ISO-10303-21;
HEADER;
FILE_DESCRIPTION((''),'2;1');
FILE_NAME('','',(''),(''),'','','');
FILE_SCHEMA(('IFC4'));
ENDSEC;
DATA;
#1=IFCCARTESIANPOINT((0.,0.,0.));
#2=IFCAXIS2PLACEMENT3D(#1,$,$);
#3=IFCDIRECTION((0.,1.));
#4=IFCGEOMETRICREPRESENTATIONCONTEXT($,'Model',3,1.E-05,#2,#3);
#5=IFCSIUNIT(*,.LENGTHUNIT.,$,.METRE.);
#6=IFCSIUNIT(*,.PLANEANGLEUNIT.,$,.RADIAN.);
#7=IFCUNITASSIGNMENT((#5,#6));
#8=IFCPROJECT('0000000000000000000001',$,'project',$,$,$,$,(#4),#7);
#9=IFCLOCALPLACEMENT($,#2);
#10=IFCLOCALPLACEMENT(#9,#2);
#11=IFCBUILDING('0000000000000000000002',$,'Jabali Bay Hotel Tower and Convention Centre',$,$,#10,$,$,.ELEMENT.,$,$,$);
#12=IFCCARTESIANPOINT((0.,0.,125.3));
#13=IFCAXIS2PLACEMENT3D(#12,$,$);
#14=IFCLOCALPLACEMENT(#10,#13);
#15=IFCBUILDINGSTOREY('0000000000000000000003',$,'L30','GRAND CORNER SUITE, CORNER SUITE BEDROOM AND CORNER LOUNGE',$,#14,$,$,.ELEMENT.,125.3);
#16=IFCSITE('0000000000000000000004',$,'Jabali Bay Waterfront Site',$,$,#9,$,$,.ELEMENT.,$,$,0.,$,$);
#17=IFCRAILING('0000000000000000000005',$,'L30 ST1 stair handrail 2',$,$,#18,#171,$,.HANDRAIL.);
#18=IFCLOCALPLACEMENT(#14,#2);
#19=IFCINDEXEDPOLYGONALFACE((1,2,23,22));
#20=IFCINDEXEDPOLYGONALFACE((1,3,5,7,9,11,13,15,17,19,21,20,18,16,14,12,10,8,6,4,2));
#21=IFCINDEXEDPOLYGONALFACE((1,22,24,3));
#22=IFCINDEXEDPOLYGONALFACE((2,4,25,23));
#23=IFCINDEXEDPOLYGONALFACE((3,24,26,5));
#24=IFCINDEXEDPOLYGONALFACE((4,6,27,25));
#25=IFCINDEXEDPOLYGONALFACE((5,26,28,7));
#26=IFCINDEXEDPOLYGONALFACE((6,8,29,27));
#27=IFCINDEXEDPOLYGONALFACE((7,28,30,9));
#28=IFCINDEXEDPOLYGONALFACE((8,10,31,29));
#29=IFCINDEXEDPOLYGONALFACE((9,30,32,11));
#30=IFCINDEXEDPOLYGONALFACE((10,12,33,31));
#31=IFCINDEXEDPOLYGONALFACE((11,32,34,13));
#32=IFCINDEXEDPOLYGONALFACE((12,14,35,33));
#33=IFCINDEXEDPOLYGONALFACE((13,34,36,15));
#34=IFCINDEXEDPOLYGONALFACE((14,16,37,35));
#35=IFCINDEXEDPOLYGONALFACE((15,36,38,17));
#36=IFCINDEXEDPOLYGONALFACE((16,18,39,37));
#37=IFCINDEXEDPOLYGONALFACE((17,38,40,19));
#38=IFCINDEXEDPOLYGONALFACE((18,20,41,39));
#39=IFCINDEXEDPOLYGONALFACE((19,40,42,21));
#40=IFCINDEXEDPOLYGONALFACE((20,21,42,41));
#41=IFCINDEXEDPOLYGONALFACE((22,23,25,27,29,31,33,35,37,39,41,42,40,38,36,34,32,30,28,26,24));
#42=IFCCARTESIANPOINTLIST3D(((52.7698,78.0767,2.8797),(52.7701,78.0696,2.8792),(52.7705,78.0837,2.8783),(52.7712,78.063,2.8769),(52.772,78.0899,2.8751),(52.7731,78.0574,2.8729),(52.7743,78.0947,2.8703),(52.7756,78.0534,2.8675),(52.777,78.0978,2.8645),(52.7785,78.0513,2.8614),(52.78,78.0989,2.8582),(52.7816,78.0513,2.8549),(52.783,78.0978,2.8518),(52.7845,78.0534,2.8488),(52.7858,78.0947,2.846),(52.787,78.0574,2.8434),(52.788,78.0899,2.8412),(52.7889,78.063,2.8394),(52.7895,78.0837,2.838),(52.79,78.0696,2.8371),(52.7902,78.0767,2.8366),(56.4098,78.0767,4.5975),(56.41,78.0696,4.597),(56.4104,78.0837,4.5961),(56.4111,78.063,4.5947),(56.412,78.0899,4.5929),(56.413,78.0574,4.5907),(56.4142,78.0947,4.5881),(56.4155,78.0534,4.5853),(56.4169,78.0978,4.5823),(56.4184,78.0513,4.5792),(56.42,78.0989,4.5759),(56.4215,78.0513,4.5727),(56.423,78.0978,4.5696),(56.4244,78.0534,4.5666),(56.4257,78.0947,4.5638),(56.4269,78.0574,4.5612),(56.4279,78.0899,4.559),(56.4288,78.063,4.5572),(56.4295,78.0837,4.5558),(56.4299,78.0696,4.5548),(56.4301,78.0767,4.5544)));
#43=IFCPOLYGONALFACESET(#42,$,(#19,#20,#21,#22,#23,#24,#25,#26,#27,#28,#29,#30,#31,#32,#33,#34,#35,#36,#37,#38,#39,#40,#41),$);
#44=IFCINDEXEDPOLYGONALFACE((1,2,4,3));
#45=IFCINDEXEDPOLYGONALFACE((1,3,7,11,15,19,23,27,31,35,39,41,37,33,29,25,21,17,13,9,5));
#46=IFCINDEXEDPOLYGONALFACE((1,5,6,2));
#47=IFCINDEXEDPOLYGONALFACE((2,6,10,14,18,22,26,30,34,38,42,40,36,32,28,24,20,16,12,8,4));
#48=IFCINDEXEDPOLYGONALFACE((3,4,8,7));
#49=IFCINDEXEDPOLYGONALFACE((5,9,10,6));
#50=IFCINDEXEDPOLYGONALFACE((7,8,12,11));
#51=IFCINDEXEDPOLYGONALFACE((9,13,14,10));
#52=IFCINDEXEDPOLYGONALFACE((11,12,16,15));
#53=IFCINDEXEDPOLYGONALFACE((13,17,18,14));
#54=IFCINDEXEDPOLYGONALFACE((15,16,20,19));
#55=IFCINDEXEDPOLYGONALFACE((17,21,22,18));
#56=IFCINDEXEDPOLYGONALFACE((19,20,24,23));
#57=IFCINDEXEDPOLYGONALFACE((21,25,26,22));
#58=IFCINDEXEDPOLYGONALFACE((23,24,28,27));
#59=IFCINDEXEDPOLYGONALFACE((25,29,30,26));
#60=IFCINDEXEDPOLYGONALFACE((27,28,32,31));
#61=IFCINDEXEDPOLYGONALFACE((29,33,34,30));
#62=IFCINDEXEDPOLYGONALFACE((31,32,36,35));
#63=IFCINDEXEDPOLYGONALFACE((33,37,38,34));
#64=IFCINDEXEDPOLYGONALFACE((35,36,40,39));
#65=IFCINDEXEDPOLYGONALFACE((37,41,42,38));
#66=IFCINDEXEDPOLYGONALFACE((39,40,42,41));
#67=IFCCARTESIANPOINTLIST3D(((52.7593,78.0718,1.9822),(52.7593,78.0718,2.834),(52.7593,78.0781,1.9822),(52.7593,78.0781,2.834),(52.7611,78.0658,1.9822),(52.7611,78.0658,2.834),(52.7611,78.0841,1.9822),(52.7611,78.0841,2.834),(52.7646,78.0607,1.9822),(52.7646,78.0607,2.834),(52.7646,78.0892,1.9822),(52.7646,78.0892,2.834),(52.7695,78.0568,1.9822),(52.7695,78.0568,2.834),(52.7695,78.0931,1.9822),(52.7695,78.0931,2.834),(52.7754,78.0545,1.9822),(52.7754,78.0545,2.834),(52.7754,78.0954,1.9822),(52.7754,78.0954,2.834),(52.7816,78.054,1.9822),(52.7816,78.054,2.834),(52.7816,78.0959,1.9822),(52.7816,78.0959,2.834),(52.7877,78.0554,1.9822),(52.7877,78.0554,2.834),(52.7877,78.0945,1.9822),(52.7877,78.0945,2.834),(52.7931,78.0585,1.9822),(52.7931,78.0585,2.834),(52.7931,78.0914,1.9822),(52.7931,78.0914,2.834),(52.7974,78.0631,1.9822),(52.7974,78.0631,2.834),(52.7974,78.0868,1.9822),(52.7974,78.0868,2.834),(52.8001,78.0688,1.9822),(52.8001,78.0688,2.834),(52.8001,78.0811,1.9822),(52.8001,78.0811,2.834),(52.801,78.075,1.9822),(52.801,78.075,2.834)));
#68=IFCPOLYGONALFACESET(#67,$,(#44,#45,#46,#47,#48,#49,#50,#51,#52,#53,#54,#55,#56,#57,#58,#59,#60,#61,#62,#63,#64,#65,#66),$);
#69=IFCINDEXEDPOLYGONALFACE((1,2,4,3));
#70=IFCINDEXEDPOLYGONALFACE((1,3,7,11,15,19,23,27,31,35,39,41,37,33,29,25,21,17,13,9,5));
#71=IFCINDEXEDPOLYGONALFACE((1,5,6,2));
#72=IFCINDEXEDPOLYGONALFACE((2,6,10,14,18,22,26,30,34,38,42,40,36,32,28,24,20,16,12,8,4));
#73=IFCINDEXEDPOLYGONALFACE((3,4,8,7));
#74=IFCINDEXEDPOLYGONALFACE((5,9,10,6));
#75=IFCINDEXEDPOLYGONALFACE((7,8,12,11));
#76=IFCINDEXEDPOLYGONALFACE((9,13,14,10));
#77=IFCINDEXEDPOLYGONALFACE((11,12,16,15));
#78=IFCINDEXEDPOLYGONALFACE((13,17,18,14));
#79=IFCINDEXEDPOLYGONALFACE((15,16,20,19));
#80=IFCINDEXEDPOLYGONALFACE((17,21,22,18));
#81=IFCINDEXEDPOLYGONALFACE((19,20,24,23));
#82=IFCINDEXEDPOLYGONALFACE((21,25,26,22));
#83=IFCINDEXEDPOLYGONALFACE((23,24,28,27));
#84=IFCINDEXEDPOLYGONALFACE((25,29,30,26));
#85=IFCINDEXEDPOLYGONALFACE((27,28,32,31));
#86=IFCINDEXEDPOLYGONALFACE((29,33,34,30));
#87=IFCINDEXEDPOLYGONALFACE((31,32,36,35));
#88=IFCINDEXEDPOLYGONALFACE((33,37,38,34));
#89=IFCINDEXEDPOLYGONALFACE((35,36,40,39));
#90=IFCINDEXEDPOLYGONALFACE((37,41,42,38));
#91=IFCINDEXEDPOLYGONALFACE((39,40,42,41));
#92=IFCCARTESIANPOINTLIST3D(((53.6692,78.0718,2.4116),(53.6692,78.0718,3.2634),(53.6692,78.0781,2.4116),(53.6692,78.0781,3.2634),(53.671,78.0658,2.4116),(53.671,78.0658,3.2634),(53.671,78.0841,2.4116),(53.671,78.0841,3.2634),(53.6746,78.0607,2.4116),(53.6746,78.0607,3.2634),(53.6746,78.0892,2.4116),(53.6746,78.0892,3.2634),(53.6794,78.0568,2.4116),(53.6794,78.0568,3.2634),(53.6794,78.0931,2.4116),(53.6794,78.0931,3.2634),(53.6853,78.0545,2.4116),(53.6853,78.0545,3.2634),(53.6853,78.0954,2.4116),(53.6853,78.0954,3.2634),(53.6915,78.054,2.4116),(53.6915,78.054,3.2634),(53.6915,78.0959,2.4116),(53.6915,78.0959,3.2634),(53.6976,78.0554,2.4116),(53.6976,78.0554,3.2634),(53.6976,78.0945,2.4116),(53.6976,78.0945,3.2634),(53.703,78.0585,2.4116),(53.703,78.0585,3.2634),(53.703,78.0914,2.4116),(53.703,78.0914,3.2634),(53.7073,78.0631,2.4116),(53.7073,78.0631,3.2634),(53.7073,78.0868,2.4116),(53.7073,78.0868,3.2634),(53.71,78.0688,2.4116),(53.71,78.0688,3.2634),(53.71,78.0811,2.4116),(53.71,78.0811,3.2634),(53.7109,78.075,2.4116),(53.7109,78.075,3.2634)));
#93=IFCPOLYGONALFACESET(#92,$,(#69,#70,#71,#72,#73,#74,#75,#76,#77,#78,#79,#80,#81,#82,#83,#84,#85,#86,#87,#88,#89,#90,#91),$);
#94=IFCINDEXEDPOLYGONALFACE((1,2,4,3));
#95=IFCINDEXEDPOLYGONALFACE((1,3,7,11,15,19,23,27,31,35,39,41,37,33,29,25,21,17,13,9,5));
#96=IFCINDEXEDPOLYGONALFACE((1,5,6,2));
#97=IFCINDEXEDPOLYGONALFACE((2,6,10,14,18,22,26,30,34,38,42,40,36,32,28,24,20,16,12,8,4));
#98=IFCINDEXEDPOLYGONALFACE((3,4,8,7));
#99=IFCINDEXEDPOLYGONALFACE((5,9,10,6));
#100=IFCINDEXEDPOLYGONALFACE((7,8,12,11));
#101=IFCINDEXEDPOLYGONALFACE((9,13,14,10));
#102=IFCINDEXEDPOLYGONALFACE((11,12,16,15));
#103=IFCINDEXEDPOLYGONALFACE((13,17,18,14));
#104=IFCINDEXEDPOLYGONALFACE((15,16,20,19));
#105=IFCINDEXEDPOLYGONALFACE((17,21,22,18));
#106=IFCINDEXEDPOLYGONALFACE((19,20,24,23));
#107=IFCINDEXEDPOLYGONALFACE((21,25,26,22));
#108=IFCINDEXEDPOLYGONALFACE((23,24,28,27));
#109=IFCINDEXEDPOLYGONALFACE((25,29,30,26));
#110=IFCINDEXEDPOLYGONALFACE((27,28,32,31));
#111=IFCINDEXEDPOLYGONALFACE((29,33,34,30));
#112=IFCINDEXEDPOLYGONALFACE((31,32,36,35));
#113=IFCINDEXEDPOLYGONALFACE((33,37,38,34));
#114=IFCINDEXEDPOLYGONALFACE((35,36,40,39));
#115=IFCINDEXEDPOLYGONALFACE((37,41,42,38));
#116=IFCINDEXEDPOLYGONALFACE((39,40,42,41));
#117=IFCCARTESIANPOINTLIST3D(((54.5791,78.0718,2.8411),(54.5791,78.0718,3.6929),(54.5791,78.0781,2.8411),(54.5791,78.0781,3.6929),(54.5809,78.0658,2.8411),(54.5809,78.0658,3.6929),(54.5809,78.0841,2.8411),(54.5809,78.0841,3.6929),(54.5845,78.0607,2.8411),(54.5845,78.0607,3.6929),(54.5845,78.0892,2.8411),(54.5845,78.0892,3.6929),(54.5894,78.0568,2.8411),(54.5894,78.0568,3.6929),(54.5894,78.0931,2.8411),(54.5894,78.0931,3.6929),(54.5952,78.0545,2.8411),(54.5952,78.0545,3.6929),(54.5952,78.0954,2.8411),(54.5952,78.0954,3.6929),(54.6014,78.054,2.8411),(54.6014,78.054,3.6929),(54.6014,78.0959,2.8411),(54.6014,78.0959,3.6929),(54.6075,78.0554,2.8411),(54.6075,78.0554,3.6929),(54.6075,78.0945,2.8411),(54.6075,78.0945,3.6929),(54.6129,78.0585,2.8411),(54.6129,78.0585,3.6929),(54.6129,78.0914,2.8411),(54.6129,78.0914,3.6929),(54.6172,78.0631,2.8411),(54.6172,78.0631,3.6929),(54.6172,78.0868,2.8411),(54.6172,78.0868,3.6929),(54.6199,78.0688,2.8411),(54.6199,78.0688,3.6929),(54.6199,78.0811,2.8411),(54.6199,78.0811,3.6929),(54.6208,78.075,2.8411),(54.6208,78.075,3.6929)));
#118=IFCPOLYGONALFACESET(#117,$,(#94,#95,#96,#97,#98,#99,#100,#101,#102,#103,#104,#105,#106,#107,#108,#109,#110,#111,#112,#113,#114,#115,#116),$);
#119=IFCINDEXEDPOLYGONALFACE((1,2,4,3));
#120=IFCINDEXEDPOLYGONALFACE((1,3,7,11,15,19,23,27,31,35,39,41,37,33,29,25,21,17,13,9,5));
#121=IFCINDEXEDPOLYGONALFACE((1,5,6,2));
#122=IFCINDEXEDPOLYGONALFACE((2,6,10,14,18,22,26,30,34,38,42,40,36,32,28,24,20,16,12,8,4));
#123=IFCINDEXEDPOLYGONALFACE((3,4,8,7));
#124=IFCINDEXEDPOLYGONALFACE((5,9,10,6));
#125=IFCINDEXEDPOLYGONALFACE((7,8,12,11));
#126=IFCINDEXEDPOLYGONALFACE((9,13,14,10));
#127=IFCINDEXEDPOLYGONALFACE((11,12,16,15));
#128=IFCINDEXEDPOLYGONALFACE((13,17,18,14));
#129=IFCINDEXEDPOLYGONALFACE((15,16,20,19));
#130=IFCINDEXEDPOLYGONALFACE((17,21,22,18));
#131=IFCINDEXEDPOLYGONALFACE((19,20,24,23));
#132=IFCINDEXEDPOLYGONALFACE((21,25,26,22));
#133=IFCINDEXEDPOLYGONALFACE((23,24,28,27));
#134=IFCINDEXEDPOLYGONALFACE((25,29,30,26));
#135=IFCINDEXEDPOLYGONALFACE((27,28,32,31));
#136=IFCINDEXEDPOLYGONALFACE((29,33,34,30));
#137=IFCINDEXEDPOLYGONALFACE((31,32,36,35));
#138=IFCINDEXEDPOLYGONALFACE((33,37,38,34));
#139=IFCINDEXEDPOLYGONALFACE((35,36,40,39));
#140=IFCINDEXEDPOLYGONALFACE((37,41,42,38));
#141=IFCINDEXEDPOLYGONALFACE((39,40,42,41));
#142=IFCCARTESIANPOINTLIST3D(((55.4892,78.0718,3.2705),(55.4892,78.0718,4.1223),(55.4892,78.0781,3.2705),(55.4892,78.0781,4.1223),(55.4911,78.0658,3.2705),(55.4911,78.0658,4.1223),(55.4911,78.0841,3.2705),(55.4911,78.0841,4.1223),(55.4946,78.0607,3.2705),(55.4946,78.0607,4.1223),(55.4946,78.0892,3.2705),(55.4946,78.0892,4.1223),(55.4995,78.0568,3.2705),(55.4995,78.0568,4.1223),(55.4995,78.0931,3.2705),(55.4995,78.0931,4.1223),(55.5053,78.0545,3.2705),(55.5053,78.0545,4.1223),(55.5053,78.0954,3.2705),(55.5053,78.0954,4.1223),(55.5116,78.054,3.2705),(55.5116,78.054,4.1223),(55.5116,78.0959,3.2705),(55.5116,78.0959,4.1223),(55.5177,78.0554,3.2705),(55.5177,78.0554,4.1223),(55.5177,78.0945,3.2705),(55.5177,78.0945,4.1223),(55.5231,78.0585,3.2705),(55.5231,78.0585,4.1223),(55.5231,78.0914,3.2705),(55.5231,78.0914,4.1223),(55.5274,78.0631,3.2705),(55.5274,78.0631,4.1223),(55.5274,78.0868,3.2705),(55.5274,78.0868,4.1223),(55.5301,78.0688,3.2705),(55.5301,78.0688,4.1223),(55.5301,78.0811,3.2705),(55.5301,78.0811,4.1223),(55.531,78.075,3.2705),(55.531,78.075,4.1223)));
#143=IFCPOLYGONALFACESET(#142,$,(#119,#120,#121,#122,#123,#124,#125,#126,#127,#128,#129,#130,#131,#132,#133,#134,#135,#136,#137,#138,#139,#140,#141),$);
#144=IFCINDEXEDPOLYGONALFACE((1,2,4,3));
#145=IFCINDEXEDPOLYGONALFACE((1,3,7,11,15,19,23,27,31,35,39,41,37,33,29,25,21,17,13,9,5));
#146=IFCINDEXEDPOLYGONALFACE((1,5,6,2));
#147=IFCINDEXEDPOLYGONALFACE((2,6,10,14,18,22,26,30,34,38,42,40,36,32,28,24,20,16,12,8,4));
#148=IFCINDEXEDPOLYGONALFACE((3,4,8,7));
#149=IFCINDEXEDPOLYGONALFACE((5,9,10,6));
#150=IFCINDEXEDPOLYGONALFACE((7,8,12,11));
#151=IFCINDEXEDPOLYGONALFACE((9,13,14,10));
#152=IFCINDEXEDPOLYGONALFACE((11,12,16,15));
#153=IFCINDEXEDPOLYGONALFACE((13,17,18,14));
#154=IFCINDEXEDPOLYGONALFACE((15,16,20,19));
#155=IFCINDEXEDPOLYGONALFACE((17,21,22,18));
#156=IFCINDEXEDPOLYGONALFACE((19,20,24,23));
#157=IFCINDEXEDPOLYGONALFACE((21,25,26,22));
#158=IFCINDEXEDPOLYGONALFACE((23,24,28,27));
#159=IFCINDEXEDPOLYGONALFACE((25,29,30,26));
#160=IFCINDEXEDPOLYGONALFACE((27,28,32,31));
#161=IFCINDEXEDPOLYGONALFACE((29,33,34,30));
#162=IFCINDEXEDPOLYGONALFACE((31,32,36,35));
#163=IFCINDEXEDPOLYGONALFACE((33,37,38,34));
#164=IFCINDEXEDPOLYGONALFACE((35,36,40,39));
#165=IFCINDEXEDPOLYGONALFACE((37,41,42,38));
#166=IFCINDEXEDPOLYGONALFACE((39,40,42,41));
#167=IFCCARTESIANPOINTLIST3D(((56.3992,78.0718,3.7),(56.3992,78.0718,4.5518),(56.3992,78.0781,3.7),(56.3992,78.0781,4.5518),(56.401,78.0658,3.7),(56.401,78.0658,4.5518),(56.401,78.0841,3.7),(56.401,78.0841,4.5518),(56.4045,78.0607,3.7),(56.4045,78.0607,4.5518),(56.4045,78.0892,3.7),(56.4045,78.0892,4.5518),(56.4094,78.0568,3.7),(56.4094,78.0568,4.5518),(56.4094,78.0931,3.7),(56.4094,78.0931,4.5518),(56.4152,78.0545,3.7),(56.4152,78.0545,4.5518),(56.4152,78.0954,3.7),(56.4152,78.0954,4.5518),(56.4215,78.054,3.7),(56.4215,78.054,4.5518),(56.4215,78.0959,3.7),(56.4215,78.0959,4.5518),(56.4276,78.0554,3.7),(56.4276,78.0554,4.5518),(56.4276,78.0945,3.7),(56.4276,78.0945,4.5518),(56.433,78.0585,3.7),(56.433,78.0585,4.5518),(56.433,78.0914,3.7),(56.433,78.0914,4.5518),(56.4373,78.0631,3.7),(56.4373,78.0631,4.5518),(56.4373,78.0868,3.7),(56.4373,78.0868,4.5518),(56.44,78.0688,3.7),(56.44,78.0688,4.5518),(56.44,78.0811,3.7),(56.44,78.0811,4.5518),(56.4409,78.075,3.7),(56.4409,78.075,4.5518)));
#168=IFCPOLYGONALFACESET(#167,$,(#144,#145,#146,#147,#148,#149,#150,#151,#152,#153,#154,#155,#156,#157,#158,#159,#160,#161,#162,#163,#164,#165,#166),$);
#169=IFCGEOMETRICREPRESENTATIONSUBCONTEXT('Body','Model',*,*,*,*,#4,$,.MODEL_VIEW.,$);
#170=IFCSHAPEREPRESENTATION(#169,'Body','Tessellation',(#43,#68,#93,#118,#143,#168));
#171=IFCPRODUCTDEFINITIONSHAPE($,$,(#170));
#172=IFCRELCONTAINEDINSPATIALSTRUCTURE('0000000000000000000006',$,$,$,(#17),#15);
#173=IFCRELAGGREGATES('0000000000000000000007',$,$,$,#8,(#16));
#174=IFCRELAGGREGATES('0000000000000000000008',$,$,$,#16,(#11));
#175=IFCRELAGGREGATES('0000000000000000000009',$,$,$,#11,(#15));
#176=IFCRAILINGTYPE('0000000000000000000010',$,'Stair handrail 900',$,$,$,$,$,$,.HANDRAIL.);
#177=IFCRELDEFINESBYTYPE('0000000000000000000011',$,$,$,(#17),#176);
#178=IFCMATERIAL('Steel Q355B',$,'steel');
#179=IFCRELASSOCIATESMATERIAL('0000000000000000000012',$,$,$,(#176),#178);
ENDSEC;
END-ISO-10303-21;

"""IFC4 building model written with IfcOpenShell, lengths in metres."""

from ifc_helpers import new_model, si_unit, direction, frame, origin, origin_2d, place, context, subcontext, project, spatial, circle, extrude, material, type_object, element, save


model = new_model("IFC4")

# Units and contexts
model_context = context("Model", 3, precision=1e-05, world=origin(), true_north=direction((0.0, 1.0)))
body_context = subcontext(model_context, "Body", "Model", "MODEL_VIEW")
ifc_project = project(units=[si_unit("LENGTHUNIT", "METRE"), si_unit("PLANEANGLEUNIT", "RADIAN")], contexts=[model_context])

# Site, building, storey
site_placement = place(None, origin())
site = spatial("IfcSite", under=ifc_project, at=site_placement, Name="Jabali Bay Waterfront Site", CompositionType="ELEMENT", RefElevation=0.0)
building_placement = place(site_placement, origin())
building = spatial("IfcBuilding", under=site, at=building_placement, Name="Jabali Bay Hotel Tower and Convention Centre", CompositionType="ELEMENT")
storey_placement = place(building_placement, frame((0.0, 0.0, 125.3)))
storey = spatial("IfcBuildingStorey", under=building, at=storey_placement, Name="L30", Description="GRAND CORNER SUITE, CORNER SUITE BEDROOM AND CORNER LOUNGE", CompositionType="ELEMENT", Elevation=125.3)

# Railing
ifc_material_1 = material(Name="Steel Q355B", Category="steel")
railing_type = type_object("IfcRailingType", Name="Stair handrail 900", PredefinedType="HANDRAIL", material=ifc_material_1)
railing_placement = place(storey_placement, frame((52.78, 78.075, 1.9822)))
element("IfcRailing", 1, at=railing_placement, inside=storey, type_object=railing_type, Name="L30 ST1 stair handrail 2", PredefinedType="HANDRAIL", context=body_context, shape_type="SweptSolid", body=[
    extrude(circle(Radius=0.0239, at=origin_2d()), frame((0.0, 0.0, 0.876), z_axis=(0.904351, 0.0, 0.42679), x_axis=(0.0, 1.0, 0.0)), (0.0, 0.0, 1.0), 4.0249),
    extrude(circle(Radius=0.021, at=origin_2d()), origin(), (0.0, 0.0, 1.0), 0.8518),
    extrude(circle(Radius=0.021, at=origin_2d()), frame((0.9099, 0.0, 0.4294)), (0.0, 0.0, 1.0), 0.8518),
    extrude(circle(Radius=0.021, at=origin_2d()), frame((1.8198, 0.0, 0.8589)), (0.0, 0.0, 1.0), 0.8518),
    extrude(circle(Radius=0.021, at=origin_2d()), frame((2.73, 0.0, 1.2883)), (0.0, 0.0, 1.0), 0.8518),
    extrude(circle(Radius=0.021, at=origin_2d()), frame((3.6399, 0.0, 1.7178)), (0.0, 0.0, 1.0), 0.8518),
])

save(model, "model.ifc")
